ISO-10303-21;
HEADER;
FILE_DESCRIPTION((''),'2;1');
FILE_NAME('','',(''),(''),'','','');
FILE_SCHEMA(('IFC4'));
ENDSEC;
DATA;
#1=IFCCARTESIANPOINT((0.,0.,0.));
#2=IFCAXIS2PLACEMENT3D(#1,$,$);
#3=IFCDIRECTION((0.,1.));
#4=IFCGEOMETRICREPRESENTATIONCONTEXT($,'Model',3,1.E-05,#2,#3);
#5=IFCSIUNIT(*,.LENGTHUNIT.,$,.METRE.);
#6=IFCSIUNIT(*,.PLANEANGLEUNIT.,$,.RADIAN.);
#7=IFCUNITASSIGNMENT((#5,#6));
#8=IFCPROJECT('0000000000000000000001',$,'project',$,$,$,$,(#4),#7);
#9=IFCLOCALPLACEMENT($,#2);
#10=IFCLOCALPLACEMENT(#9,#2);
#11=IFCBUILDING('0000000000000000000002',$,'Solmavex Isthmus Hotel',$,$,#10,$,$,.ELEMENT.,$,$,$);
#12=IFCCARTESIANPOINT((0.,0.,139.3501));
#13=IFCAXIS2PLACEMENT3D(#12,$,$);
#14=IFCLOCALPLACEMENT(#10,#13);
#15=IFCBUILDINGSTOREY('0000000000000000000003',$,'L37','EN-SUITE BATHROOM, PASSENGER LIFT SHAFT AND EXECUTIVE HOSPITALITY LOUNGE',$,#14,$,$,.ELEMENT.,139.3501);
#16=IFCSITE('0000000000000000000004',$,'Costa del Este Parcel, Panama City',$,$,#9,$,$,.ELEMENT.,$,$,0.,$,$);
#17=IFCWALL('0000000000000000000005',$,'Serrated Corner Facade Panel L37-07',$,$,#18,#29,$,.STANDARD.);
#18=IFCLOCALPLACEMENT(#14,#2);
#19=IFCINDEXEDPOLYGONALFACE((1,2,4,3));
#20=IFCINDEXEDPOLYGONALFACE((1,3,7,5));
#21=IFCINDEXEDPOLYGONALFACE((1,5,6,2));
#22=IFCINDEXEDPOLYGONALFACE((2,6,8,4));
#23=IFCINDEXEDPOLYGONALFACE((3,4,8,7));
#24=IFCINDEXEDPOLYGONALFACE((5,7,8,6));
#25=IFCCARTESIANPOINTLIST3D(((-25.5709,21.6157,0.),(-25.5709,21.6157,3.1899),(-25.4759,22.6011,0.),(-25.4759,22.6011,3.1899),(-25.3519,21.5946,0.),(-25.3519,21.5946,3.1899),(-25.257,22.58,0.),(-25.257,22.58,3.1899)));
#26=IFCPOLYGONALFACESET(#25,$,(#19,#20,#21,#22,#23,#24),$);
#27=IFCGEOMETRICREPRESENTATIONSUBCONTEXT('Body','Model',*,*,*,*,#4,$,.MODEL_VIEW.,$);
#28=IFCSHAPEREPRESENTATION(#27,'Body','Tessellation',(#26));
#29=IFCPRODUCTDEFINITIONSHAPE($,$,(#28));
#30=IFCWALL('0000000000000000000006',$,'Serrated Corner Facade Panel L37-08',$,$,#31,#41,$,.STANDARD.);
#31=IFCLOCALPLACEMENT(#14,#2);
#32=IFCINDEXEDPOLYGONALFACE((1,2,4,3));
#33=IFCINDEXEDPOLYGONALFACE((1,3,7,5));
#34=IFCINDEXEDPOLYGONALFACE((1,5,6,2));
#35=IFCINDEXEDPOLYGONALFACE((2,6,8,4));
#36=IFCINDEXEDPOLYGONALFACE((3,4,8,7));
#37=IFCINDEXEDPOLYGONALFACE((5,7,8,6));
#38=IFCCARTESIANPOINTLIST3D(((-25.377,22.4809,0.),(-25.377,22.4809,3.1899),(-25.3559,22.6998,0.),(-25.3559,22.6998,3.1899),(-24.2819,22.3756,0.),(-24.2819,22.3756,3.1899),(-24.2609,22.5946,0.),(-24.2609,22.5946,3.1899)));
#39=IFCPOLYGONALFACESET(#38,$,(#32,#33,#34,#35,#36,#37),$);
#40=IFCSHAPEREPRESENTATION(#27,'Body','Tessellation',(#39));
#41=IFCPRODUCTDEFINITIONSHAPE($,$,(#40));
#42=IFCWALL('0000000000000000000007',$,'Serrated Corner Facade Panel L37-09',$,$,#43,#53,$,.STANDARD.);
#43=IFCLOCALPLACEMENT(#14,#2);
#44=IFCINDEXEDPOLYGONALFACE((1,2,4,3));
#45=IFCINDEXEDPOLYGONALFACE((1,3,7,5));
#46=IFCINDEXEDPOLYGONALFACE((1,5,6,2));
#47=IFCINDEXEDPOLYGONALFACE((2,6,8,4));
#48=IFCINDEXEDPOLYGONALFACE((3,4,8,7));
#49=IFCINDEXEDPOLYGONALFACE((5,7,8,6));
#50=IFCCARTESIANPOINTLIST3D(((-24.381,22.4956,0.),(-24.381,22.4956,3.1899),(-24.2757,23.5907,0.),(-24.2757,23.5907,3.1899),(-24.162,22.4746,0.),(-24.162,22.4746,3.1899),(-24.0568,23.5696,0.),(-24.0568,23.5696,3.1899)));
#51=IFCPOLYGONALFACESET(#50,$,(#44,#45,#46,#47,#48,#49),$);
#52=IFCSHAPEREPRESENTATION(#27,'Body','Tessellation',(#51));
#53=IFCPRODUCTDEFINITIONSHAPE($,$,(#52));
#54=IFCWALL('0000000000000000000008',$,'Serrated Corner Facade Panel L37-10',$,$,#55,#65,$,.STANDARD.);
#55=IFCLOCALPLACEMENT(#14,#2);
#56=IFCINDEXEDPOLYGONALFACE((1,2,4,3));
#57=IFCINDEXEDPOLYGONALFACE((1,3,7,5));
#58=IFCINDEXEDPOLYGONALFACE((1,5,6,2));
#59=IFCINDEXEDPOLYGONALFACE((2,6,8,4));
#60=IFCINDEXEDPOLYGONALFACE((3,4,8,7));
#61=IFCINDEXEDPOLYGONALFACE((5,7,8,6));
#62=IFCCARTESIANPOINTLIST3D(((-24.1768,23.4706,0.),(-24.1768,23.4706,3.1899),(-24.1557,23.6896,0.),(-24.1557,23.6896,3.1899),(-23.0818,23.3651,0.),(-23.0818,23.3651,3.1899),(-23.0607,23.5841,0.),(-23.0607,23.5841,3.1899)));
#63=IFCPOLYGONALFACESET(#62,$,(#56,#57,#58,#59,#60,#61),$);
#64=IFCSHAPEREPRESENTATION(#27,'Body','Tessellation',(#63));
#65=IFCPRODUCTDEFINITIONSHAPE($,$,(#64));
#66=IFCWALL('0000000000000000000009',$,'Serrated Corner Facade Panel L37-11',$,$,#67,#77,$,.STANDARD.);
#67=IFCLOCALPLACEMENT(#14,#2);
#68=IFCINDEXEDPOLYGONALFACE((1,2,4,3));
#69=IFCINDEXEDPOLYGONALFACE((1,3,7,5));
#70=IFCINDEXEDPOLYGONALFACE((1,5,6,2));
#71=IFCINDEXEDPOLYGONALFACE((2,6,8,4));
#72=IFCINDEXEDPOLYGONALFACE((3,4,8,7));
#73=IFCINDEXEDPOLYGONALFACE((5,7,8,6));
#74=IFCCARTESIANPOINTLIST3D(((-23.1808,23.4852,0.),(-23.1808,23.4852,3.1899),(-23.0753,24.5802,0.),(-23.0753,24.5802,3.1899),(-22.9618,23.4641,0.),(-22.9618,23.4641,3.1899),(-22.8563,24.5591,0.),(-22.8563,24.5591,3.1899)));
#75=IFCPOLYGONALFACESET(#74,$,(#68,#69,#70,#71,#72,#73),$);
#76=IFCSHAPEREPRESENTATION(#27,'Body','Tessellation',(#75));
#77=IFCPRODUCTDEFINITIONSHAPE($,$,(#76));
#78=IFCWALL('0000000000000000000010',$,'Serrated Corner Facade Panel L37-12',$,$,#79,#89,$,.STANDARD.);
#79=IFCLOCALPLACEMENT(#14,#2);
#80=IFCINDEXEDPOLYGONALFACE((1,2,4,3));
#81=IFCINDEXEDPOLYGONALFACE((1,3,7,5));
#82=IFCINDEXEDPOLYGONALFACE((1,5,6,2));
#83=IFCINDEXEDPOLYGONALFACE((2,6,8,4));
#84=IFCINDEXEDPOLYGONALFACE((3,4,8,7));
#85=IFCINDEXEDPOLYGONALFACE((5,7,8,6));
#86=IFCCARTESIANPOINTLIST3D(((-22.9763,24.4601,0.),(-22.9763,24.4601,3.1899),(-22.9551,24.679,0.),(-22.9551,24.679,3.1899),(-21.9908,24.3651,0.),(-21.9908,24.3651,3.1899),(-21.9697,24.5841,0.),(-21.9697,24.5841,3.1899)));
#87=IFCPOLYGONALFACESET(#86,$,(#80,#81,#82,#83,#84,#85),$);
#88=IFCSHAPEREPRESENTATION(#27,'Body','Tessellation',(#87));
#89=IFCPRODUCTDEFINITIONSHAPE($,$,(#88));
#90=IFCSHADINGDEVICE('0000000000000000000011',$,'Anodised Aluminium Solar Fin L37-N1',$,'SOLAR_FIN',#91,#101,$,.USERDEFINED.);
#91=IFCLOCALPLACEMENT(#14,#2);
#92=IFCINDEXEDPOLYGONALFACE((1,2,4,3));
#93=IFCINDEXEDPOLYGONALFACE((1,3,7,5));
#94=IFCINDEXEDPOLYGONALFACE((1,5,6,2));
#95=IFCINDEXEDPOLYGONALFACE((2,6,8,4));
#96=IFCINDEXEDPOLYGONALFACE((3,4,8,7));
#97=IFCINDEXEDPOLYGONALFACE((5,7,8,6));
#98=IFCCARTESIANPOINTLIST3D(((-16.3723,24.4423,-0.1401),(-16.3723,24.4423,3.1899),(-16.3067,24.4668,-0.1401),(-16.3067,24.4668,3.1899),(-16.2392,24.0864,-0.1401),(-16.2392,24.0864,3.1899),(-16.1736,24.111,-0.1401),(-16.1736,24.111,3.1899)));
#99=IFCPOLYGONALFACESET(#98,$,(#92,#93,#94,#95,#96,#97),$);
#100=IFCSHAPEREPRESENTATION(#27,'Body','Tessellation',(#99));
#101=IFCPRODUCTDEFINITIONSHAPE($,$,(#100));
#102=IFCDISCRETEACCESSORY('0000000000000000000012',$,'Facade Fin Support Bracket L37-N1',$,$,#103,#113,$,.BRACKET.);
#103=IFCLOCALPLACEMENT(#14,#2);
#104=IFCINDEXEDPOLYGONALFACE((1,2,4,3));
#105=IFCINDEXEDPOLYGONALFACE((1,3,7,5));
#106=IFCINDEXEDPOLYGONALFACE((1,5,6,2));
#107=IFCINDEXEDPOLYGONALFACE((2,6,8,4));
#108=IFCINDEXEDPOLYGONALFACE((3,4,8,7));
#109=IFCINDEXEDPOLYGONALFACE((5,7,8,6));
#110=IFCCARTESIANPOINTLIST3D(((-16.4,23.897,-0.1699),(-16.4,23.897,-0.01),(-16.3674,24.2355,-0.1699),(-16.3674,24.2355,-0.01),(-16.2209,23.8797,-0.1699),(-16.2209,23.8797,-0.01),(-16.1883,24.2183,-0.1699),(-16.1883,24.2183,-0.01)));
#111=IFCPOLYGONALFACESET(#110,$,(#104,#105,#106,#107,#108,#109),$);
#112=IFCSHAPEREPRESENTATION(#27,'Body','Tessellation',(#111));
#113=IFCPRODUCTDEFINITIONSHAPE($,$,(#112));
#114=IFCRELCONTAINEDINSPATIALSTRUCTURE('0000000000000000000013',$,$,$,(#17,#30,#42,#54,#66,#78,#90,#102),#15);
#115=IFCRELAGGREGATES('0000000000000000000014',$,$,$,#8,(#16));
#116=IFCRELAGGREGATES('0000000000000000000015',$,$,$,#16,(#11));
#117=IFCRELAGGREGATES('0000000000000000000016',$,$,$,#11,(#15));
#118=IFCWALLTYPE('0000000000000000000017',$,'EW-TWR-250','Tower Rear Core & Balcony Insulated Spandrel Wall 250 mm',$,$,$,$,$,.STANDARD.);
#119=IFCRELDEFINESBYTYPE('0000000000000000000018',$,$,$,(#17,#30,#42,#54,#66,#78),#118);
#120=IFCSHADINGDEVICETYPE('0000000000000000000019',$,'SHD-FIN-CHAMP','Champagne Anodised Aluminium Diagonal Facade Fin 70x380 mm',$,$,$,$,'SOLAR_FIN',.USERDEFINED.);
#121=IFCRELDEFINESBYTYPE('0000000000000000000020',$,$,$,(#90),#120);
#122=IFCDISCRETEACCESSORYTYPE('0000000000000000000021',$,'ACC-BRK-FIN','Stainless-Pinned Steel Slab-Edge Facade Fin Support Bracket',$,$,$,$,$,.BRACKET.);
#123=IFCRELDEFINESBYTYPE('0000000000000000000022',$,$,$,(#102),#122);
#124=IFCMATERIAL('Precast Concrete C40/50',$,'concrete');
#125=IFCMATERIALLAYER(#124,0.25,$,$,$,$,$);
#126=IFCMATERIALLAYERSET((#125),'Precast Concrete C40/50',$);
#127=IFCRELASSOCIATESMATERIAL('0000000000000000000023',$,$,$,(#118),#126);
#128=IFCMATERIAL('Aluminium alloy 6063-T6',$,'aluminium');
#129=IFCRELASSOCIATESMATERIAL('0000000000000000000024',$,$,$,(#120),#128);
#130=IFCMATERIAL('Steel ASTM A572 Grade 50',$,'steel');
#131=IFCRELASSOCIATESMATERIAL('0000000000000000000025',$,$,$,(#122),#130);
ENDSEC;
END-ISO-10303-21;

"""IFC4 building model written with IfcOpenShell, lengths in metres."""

from ifc_helpers import new_model, si_unit, direction, frame, frame_2d, origin, origin_2d, place, context, subcontext, project, spatial, rectangle, extrude, material, layer, layer_set, type_object, element, save


model = new_model("IFC4")

# Units and contexts
model_context = context("Model", 3, precision=1e-05, world=origin(), true_north=direction((0.0, 1.0)))
body_context = subcontext(model_context, "Body", "Model", "MODEL_VIEW")
ifc_project = project(units=[si_unit("LENGTHUNIT", "METRE"), si_unit("PLANEANGLEUNIT", "RADIAN")], contexts=[model_context])

# Site, building, storey
site_placement = place(None, origin())
site = spatial("IfcSite", under=ifc_project, at=site_placement, Name="Costa del Este Parcel, Panama City", CompositionType="ELEMENT", RefElevation=0.0)
building_placement = place(site_placement, origin())
building = spatial("IfcBuilding", under=site, at=building_placement, Name="Solmavex Isthmus Hotel", CompositionType="ELEMENT")
storey_placement = place(building_placement, frame((0.0, 0.0, 139.3501)))
storey = spatial("IfcBuildingStorey", under=building, at=storey_placement, Name="L37", Description="EN-SUITE BATHROOM, PASSENGER LIFT SHAFT AND EXECUTIVE HOSPITALITY LOUNGE", CompositionType="ELEMENT", Elevation=139.3501)

# Shared definitions
ifc_material_1 = material(Name="Aluminium alloy 6063-T6", Category="aluminium")

# Walls
ifc_material_2 = material(Name="Precast Concrete C40/50", Category="concrete")
ifc_layer_1 = layer(ifc_material_2, 0.25)
ifc_layer_set_1 = layer_set([ifc_layer_1], Name="Precast Concrete C40/50")
wall_type = type_object("IfcWallType", Name="EW-TWR-250", Description="Tower Rear Core & Balcony Insulated Spandrel Wall 250 mm", PredefinedType="STANDARD", material=ifc_layer_set_1)
wall_1_placement = place(storey_placement, frame((-25.4614, 21.605, 0.0), z_axis=(0.0, 0.0, 1.0), x_axis=(0.095938, 0.995387, 0.0)))
element("IfcWall", 1, at=wall_1_placement, inside=storey, type_object=wall_type, Name="Serrated Corner Facade Panel L37-07", PredefinedType="STANDARD", context=body_context, shape_type="SweptSolid", body=[
    extrude(rectangle(XDim=0.99, YDim=0.22, at=frame_2d((0.4951, 0.0))), origin(), (0.0, 0.0, 1.0), 3.1899),
])
for number, where, z_axis, x_axis, name in (
    (2, (-25.3665, 22.5903, 0.0), (0.0, 0.0, 1.0), (0.995414, -0.095657, 0.0), "Serrated Corner Facade Panel L37-08"),
    (3, (-24.2715, 22.4851, 0.0), (0.0, 0.0, 1.0), (0.095657, 0.995414, 0.0), "Serrated Corner Facade Panel L37-09"),
    (4, (-24.1663, 23.5801, 0.0), (0.0, 0.0, 1.0), (0.995393, -0.095877, 0.0), "Serrated Corner Facade Panel L37-10"),
    (5, (-23.0713, 23.4746, 0.0), (0.0, 0.0, 1.0), (0.095877, 0.995393, 0.0), "Serrated Corner Facade Panel L37-11"),
):
    element("IfcWall", number, at=place(storey_placement, frame(where, z_axis=z_axis, x_axis=x_axis)), inside=storey, type_object=wall_type, Name=name, PredefinedType="STANDARD", context=body_context, shape_type="SweptSolid", body=[
        extrude(rectangle(XDim=1.1001, YDim=0.22, at=frame_2d((0.55, 0.0))), origin(), (0.0, 0.0, 1.0), 3.1899),
    ])
wall_2_placement = place(storey_placement, frame((-22.9658, 24.5696, 0.0), z_axis=(0.0, 0.0, 1.0), x_axis=(0.995387, -0.095938, 0.0)))
element("IfcWall", 6, at=wall_2_placement, inside=storey, type_object=wall_type, Name="Serrated Corner Facade Panel L37-12", PredefinedType="STANDARD", context=body_context, shape_type="SweptSolid", body=[
    extrude(rectangle(XDim=0.99, YDim=0.22, at=frame_2d((0.4951, 0.0))), origin(), (0.0, 0.0, 1.0), 3.1899),
])

# Shading device
shading_device_type = type_object("IfcShadingDeviceType", Name="SHD-FIN-CHAMP", Description="Champagne Anodised Aluminium Diagonal Facade Fin 70x380 mm", ElementType="SOLAR_FIN", PredefinedType="USERDEFINED", material=ifc_material_1)
shading_device_placement = place(storey_placement, frame((-16.2729, 24.2766, -0.1401), z_axis=(0.0, 0.0, 1.0), x_axis=(-0.350207, 0.936672, 0.0)))
element("IfcShadingDevice", 7, at=shading_device_placement, inside=storey, type_object=shading_device_type, Name="Anodised Aluminium Solar Fin L37-N1", ObjectType="SOLAR_FIN", PredefinedType="USERDEFINED", context=body_context, shape_type="SweptSolid", body=[
    extrude(rectangle(XDim=0.3799, YDim=0.0701, at=origin_2d()), origin(), (0.0, 0.0, 1.0), 3.3301),
])

# Discrete accessory
ifc_material_3 = material(Name="Steel ASTM A572 Grade 50", Category="steel")
discrete_accessory_type = type_object("IfcDiscreteAccessoryType", Name="ACC-BRK-FIN", Description="Stainless-Pinned Steel Slab-Edge Facade Fin Support Bracket", PredefinedType="BRACKET", material=ifc_material_3)
discrete_accessory_placement = place(storey_placement, frame((-16.2942, 24.0576, -0.1699), z_axis=(0.0, 0.0, 1.0), x_axis=(0.095846, 0.995396, 0.0)))
element("IfcDiscreteAccessory", 8, at=discrete_accessory_placement, inside=storey, type_object=discrete_accessory_type, Name="Facade Fin Support Bracket L37-N1", PredefinedType="BRACKET", context=body_context, shape_type="SweptSolid", body=[
    extrude(rectangle(XDim=0.3401, YDim=0.1799, at=origin_2d()), origin(), (0.0, 0.0, 1.0), 0.1599),
])

save(model, "model.ifc")
